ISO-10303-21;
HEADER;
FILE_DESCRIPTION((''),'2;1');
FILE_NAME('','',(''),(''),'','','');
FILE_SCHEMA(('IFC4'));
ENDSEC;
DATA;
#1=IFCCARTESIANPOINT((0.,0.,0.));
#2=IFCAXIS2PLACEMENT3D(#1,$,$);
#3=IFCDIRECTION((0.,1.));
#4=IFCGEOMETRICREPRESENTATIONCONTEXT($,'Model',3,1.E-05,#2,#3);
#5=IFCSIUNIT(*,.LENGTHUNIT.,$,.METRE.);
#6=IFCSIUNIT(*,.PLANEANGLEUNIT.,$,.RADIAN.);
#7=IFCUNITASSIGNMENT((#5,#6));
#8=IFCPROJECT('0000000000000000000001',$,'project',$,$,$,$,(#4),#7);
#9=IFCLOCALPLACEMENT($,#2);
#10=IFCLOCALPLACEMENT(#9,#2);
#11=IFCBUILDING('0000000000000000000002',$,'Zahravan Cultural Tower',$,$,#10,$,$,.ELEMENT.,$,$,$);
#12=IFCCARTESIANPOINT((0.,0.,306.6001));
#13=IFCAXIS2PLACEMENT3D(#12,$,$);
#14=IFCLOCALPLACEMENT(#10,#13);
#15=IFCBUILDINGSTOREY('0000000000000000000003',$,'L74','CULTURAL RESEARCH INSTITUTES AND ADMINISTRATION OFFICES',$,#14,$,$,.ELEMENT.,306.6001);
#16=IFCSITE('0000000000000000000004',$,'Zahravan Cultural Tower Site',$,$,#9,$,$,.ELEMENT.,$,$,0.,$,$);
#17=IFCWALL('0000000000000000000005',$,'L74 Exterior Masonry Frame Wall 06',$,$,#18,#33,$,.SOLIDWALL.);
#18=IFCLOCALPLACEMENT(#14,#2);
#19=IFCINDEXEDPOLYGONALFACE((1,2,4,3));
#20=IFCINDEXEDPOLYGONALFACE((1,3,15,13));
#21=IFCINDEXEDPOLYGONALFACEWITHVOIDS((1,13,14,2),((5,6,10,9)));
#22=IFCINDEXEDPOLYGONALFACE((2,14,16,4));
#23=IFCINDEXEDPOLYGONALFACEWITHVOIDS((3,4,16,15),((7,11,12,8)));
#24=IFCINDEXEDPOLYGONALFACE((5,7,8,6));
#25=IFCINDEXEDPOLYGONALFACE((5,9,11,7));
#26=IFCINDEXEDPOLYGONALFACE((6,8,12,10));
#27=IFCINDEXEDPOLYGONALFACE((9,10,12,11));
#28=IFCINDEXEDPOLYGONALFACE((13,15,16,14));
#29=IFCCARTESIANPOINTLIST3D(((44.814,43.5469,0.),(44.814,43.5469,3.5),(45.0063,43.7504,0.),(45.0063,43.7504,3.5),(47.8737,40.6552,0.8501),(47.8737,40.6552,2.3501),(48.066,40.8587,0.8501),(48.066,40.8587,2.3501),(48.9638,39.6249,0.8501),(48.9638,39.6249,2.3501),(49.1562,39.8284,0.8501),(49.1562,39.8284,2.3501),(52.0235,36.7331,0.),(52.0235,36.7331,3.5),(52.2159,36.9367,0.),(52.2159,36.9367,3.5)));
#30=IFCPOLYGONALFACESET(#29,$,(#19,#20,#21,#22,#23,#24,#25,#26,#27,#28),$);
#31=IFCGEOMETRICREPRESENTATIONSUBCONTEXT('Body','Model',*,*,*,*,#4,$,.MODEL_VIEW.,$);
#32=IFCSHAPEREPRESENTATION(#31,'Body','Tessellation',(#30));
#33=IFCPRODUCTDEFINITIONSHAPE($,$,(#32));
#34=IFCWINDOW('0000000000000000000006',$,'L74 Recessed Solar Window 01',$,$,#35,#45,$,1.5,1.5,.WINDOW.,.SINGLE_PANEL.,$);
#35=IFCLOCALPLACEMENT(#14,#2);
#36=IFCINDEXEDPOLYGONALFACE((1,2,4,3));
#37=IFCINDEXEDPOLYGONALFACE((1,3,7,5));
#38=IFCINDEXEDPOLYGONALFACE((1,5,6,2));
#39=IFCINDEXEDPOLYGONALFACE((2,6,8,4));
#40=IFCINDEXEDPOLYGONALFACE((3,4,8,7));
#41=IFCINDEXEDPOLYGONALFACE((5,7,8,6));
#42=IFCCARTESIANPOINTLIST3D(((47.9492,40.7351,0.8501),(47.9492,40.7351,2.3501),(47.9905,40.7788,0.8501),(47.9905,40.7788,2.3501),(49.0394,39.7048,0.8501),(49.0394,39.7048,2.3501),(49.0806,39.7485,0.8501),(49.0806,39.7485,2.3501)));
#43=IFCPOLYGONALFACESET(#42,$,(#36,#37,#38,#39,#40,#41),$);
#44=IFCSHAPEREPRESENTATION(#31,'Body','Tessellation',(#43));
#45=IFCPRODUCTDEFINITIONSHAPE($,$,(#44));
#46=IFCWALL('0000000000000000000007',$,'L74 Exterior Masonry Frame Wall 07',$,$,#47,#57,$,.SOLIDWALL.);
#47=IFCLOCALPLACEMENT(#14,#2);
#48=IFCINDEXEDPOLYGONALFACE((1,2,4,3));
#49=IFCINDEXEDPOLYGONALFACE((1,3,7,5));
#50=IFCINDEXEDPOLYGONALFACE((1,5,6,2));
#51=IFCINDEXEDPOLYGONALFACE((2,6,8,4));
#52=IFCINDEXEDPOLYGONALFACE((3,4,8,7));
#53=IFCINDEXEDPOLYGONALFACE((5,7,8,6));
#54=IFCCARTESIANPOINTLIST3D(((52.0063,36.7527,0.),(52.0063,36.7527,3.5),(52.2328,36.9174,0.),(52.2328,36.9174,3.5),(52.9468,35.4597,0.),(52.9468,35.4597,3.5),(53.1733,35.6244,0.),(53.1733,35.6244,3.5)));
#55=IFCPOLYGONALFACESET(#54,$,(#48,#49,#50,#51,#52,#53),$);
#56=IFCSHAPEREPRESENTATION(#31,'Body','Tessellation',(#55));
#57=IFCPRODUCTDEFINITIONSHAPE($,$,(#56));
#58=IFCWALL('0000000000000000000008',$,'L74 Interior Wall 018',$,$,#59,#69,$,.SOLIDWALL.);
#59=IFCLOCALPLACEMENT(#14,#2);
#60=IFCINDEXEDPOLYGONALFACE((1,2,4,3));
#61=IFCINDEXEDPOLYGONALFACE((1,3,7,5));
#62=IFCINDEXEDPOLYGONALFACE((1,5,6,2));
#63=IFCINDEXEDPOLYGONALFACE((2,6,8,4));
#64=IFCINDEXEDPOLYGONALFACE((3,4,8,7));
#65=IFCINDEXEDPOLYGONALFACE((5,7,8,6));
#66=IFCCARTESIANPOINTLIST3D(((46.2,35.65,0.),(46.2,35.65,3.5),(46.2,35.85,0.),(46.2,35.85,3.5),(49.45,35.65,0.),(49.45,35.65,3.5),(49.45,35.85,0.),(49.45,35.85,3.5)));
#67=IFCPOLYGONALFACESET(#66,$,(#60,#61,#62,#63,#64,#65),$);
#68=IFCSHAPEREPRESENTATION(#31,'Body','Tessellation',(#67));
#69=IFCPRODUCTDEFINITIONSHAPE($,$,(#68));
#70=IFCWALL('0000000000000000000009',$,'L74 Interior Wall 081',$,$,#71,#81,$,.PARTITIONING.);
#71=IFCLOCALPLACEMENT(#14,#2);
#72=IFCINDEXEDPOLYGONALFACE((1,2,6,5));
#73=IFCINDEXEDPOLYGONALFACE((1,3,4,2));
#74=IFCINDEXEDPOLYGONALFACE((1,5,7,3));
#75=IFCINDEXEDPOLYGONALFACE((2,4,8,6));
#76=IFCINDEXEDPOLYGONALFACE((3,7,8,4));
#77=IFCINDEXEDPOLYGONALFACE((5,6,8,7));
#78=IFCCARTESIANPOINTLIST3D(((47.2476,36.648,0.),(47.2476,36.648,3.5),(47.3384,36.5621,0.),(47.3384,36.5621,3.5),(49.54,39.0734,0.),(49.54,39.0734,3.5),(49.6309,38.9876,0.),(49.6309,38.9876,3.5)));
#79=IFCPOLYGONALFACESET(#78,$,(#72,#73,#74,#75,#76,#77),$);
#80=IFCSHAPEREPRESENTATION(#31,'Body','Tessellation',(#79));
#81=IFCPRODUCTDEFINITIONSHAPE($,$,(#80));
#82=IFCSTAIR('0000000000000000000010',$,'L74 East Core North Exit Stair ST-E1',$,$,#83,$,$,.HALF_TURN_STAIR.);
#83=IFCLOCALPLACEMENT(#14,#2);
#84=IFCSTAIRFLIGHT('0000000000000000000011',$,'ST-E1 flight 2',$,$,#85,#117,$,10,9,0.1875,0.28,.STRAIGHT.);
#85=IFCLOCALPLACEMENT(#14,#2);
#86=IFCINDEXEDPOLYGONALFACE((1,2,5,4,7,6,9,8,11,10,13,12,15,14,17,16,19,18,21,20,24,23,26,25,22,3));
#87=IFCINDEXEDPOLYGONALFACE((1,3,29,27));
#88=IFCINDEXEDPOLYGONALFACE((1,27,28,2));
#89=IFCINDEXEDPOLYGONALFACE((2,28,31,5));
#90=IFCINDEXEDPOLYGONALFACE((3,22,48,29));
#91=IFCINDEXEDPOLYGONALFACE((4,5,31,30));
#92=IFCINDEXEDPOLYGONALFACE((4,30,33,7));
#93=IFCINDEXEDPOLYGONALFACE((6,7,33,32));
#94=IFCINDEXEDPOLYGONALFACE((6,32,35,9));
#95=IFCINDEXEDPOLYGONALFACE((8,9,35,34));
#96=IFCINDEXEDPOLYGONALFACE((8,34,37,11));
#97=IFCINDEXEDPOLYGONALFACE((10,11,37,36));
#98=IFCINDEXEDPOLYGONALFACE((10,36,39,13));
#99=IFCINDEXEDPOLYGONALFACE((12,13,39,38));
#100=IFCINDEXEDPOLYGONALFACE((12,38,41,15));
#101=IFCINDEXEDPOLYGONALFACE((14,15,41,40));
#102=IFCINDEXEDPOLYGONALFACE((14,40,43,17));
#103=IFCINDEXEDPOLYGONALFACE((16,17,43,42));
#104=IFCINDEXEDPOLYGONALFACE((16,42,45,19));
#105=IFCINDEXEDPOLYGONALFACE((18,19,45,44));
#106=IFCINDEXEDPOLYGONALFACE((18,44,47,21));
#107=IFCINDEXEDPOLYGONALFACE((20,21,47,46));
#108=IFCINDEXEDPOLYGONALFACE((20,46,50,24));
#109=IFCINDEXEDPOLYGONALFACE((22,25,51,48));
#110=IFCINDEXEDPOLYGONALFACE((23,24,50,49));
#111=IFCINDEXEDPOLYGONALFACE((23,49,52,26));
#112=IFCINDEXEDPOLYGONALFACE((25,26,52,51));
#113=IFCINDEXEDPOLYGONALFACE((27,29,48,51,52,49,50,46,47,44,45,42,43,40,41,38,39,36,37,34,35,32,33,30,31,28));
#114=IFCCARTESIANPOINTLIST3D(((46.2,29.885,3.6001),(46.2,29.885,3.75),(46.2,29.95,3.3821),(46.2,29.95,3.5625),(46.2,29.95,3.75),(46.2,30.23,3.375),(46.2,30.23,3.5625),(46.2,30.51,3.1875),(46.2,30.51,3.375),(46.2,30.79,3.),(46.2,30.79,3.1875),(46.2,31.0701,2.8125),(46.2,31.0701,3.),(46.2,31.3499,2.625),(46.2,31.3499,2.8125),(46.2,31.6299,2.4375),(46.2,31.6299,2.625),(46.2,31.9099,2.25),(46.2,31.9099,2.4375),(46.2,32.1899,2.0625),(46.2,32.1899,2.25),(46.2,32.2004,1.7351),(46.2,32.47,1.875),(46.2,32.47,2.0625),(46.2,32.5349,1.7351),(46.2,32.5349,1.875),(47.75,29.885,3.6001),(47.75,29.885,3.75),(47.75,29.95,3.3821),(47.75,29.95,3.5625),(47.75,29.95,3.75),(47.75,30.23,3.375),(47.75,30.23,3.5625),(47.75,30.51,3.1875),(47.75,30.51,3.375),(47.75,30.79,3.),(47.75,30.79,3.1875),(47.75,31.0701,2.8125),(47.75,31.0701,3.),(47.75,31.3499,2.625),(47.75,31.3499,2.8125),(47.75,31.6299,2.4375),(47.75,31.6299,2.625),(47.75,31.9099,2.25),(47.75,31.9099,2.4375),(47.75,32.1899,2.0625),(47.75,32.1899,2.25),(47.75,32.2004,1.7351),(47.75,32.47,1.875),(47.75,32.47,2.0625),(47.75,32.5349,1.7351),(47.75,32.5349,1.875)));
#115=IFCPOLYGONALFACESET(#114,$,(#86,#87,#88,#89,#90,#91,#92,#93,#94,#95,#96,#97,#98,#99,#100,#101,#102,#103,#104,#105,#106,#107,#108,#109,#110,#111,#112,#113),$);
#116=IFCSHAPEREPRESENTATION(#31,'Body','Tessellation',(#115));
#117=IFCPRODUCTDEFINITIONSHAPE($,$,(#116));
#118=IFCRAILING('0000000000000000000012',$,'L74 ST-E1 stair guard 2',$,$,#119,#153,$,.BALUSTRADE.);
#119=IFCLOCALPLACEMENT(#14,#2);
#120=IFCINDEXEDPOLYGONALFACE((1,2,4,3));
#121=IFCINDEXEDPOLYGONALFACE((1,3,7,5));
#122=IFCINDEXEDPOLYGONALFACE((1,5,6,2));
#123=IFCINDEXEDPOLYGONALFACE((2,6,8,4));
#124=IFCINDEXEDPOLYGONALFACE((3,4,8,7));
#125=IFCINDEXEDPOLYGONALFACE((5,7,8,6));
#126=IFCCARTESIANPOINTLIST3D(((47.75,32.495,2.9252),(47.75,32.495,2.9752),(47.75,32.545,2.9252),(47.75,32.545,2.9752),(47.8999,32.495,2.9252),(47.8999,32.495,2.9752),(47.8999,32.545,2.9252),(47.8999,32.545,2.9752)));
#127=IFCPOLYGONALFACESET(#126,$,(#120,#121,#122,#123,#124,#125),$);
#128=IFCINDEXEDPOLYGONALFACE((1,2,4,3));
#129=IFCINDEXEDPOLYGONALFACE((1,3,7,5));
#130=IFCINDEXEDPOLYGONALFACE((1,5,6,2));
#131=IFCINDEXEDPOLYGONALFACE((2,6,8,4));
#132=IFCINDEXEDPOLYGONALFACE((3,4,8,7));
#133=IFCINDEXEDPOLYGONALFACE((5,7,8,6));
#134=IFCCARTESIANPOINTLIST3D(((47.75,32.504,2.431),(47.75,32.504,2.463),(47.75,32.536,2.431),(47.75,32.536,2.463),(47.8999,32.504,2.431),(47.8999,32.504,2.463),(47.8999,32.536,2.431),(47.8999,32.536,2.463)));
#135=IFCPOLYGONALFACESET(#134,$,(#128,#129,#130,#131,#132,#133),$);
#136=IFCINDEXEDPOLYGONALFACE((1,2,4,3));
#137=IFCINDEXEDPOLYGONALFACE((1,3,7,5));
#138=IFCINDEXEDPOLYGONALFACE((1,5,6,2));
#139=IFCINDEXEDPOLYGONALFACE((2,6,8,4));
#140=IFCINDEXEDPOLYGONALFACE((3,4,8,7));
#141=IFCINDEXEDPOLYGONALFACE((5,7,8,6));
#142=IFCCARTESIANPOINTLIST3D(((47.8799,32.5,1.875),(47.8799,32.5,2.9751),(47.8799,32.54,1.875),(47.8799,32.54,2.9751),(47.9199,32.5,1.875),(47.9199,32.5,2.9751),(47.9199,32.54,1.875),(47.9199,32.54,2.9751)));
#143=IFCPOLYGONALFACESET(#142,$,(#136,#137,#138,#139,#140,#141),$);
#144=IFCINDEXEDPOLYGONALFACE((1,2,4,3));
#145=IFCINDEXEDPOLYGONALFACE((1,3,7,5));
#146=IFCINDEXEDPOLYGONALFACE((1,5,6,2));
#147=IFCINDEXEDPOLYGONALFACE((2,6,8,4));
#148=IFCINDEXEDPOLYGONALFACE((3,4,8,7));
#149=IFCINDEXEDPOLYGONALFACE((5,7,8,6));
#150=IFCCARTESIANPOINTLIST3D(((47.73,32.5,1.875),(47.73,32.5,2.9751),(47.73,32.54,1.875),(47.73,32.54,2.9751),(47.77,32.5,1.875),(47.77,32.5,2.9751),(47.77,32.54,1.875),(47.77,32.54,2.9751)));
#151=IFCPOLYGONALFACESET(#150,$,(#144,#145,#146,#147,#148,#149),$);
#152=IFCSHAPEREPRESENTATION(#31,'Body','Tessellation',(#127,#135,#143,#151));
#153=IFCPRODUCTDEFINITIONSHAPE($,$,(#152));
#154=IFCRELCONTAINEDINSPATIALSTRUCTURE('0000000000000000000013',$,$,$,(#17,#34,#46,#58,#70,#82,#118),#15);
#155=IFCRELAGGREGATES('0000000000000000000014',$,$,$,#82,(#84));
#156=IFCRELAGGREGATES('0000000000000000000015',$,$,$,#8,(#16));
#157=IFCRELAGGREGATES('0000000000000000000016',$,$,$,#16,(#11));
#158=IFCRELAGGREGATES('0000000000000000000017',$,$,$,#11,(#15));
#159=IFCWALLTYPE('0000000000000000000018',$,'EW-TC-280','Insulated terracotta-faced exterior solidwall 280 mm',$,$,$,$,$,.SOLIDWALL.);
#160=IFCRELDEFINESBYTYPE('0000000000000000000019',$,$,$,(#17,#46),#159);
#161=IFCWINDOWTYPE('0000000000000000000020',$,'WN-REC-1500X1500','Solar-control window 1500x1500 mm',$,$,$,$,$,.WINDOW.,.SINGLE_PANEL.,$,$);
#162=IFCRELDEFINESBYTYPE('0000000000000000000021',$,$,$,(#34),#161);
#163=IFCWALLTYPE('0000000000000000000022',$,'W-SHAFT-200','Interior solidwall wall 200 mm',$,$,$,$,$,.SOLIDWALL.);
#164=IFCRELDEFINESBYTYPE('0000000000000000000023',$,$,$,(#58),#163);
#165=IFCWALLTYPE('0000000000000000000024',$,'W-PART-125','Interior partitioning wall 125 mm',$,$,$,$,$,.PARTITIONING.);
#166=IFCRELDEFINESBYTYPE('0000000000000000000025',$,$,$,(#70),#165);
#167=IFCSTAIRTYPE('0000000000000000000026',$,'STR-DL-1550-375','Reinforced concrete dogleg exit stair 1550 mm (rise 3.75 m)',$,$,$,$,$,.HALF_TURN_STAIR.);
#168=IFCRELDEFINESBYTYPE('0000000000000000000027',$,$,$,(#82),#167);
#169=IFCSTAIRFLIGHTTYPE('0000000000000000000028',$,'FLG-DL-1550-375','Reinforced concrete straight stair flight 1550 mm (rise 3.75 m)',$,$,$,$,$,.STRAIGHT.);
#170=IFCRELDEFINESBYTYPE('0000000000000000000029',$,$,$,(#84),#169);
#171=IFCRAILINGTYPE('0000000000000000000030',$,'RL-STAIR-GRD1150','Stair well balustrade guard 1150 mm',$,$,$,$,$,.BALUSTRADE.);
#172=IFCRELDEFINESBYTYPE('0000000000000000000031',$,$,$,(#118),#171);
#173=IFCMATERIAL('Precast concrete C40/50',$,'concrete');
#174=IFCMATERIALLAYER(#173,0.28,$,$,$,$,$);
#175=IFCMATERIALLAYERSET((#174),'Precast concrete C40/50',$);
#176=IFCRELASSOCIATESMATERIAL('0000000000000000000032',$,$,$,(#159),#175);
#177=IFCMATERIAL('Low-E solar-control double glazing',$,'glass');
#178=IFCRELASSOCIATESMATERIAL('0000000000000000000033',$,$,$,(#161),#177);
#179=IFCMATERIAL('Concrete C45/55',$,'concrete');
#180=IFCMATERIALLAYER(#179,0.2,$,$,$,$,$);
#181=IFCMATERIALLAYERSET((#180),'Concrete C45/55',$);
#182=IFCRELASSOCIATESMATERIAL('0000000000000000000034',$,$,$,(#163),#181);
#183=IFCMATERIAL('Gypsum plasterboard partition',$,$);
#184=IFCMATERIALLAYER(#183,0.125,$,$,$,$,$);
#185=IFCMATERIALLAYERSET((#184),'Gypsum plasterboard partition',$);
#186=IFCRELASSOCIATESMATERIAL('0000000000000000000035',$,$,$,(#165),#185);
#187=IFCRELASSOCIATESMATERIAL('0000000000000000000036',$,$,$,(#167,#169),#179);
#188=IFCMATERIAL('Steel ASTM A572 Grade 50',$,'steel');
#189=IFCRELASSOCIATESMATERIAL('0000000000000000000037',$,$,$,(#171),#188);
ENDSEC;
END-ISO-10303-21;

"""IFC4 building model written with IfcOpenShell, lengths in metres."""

from ifc_helpers import new_model, si_unit, direction, frame, frame_2d, origin, origin_2d, place, context, subcontext, project, spatial, polyline, rectangle, outline, extrude, source, transform, mapped, material, layer, layer_set, type_object, element, fill, aggregate, save


model = new_model("IFC4")

# Units and contexts
model_context = context("Model", 3, precision=1e-05, world=origin(), true_north=direction((0.0, 1.0)))
body_context = subcontext(model_context, "Body", "Model", "MODEL_VIEW")
ifc_project = project(units=[si_unit("LENGTHUNIT", "METRE"), si_unit("PLANEANGLEUNIT", "RADIAN")], contexts=[model_context])

# Site, building, storey
site_placement = place(None, origin())
site = spatial("IfcSite", under=ifc_project, at=site_placement, Name="Zahravan Cultural Tower Site", CompositionType="ELEMENT", RefElevation=0.0)
building_placement = place(site_placement, origin())
building = spatial("IfcBuilding", under=site, at=building_placement, Name="Zahravan Cultural Tower", CompositionType="ELEMENT")
storey_placement = place(building_placement, frame((0.0, 0.0, 306.6001)))
storey = spatial("IfcBuildingStorey", under=building, at=storey_placement, Name="L74", Description="CULTURAL RESEARCH INSTITUTES AND ADMINISTRATION OFFICES", CompositionType="ELEMENT", Elevation=306.6001)

# Shared definitions
ifc_material_1 = material(Name="Low-E solar-control double glazing", Category="glass")

# Wall, opening, window
ifc_material_2 = material(Name="Precast concrete C40/50", Category="concrete")
ifc_layer_1 = layer(ifc_material_2, 0.28)
ifc_layer_set_1 = layer_set([ifc_layer_1], Name="Precast concrete C40/50")
wall_type_1 = type_object("IfcWallType", Name="EW-TC-280", Description="Insulated terracotta-faced exterior solidwall 280 mm", PredefinedType="SOLIDWALL", material=ifc_layer_set_1)
wall_1_placement = place(storey_placement, frame((44.9102, 43.6487, 0.0), z_axis=(0.0, 0.0, 1.0), x_axis=(0.726773, -0.686878, 0.0)))
wall_1 = element("IfcWall", 1, at=wall_1_placement, inside=storey, type_object=wall_type_1, Name="L74 Exterior Masonry Frame Wall 06", PredefinedType="SOLIDWALL", context=body_context, shape_type="SweptSolid", body=[
    extrude(rectangle(XDim=9.9199, YDim=0.28, at=frame_2d((4.96, 0.0))), origin(), (0.0, 0.0, 1.0), 3.5),
])
opening_placement = place(wall_1_placement, frame((4.21, 0.0, 0.8501)))
opening = element("IfcOpeningElement", 2, at=opening_placement, cuts=wall_1, PredefinedType="OPENING", context=body_context, shape_type="SweptSolid", body=[
    extrude(rectangle(XDim=1.5, YDim=1.5, at=frame_2d((0.75, 0.75))), frame((0.0, 0.1499, 0.0), z_axis=(0.0, -1.0, 0.0), x_axis=(1.0, 0.0, 0.0)), (0.0, 0.0, 1.0), 0.3),
])
window_type = type_object("IfcWindowType", Name="WN-REC-1500X1500", Description="Solar-control window 1500x1500 mm", PartitioningType="SINGLE_PANEL", PredefinedType="WINDOW", material=ifc_material_1)
shared_shape_1 = source(origin(), body_context, "Body", "SweptSolid", [
    extrude(rectangle(XDim=1.5, YDim=1.5, at=frame_2d((0.75, 0.75))), frame((0.0, 0.03, 0.0), z_axis=(0.0, -1.0, 0.0), x_axis=(1.0, 0.0, 0.0)), (0.0, 0.0, 1.0), 0.0601),
])
window_placement = place(opening_placement, origin())
window = element("IfcWindow", 3, at=window_placement, inside=storey, type_object=window_type, Name="L74 Recessed Solar Window 01", OverallHeight=1.5, OverallWidth=1.5, PartitioningType="SINGLE_PANEL", PredefinedType="WINDOW", context=body_context, shape_type="MappedRepresentation", body=[
    mapped(shared_shape_1, transform((0.0, 0.0, 0.0), x_axis=(1.0, 0.0, 0.0), y_axis=(0.0, 1.0, 0.0), z_axis=(0.0, 0.0, 1.0), scale=1.0)),
])
fill(opening, window)

# Walls
shared_shape_2 = source(origin(), body_context, "Body", "SweptSolid", [
    extrude(rectangle(XDim=1.5989, YDim=0.28, at=frame_2d((0.7993, 0.0))), origin(), (0.0, 0.0, 1.0), 3.5),
])
wall_2_placement = place(storey_placement, frame((52.1196, 36.835, 0.0), z_axis=(0.0, 0.0, 1.0), x_axis=(0.588208, -0.80871, 0.0)))
element("IfcWall", 4, at=wall_2_placement, inside=storey, type_object=wall_type_1, Name="L74 Exterior Masonry Frame Wall 07", PredefinedType="SOLIDWALL", context=body_context, shape_type="MappedRepresentation", body=[
    mapped(shared_shape_2, transform((0.0, 0.0, 0.0), x_axis=(1.0, 0.0, 0.0), y_axis=(0.0, 1.0, 0.0), z_axis=(0.0, 0.0, 1.0), scale=1.0)),
])
ifc_material_3 = material(Name="Concrete C45/55", Category="concrete")
ifc_layer_2 = layer(ifc_material_3, 0.2)
ifc_layer_set_2 = layer_set([ifc_layer_2], Name="Concrete C45/55")
wall_type_2 = type_object("IfcWallType", Name="W-SHAFT-200", Description="Interior solidwall wall 200 mm", PredefinedType="SOLIDWALL", material=ifc_layer_set_2)
shared_shape_3 = source(origin(), body_context, "Body", "SweptSolid", [
    extrude(rectangle(XDim=3.25, YDim=0.2, at=frame_2d((1.625, 0.0))), origin(), (0.0, 0.0, 1.0), 3.5),
])
wall_3_placement = place(storey_placement, frame((46.2, 35.75, 0.0), z_axis=(0.0, 0.0, 1.0), x_axis=(1.0, 0.0, 0.0)))
element("IfcWall", 5, at=wall_3_placement, inside=storey, type_object=wall_type_2, Name="L74 Interior Wall 018", PredefinedType="SOLIDWALL", context=body_context, shape_type="MappedRepresentation", body=[
    mapped(shared_shape_3, transform((0.0, 0.0, 0.0), x_axis=(1.0, 0.0, 0.0), y_axis=(0.0, 1.0, 0.0), z_axis=(0.0, 0.0, 1.0), scale=1.0)),
])
ifc_material_4 = material(Name="Gypsum plasterboard partition")
ifc_layer_3 = layer(ifc_material_4, 0.125)
ifc_layer_set_3 = layer_set([ifc_layer_3], Name="Gypsum plasterboard partition")
wall_type_3 = type_object("IfcWallType", Name="W-PART-125", Description="Interior partitioning wall 125 mm", PredefinedType="PARTITIONING", material=ifc_layer_set_3)
shared_shape_4 = source(origin(), body_context, "Body", "SweptSolid", [
    extrude(rectangle(XDim=3.3374, YDim=0.125, at=frame_2d((1.6687, 0.0))), origin(), (0.0, 0.0, 1.0), 3.5),
])
wall_4_placement = place(storey_placement, frame((49.5854, 39.0305, 0.0), z_axis=(0.0, 0.0, 1.0), x_axis=(-0.686892, -0.72676, 0.0)))
element("IfcWall", 6, at=wall_4_placement, inside=storey, type_object=wall_type_3, Name="L74 Interior Wall 081", PredefinedType="PARTITIONING", context=body_context, shape_type="MappedRepresentation", body=[
    mapped(shared_shape_4, transform((0.0, 0.0, 0.0), x_axis=(1.0, 0.0, 0.0), y_axis=(0.0, 1.0, 0.0), z_axis=(0.0, 0.0, 1.0), scale=1.0)),
])

# Stair, stair flight
stair_type = type_object("IfcStairType", Name="STR-DL-1550-375", Description="Reinforced concrete dogleg exit stair 1550 mm (rise 3.75 m)", PredefinedType="HALF_TURN_STAIR", material=ifc_material_3)
stair_placement = place(storey_placement, origin())
stair = element("IfcStair", 7, at=stair_placement, inside=storey, type_object=stair_type, Name="L74 East Core North Exit Stair ST-E1", PredefinedType="HALF_TURN_STAIR")
stair_flight_type = type_object("IfcStairFlightType", Name="FLG-DL-1550-375", Description="Reinforced concrete straight stair flight 1550 mm (rise 3.75 m)", PredefinedType="STRAIGHT", material=ifc_material_3)
stair_flight_placement = place(storey_placement, frame((46.9751, 32.47, 1.875), z_axis=(0.0, 0.0, 1.0), x_axis=(0.0, -1.0, 0.0)))
stair_flight = element("IfcStairFlight", 8, at=stair_flight_placement, type_object=stair_flight_type, Name="ST-E1 flight 2", NumberOfRisers=10, NumberOfTreads=9, PredefinedType="STRAIGHT", RiserHeight=0.1875, TreadLength=0.28, context=body_context, shape_type="SweptSolid", body=[
    extrude(outline(polyline([(-0.0649, -0.1399), (-0.0649, 0.0), (0.0, 0.0), (0.0, 0.1875), (0.28, 0.1875), (0.28, 0.375), (0.5601, 0.375), (0.5601, 0.5625), (0.8401, 0.5625), (0.8401, 0.75), (1.1201, 0.75), (1.1201, 0.9375), (1.3999, 0.9375), (1.3999, 1.125), (1.6799, 1.125), (1.6799, 1.3125), (1.96, 1.3125), (1.96, 1.5), (2.24, 1.5), (2.24, 1.6875), (2.52, 1.6875), (2.52, 1.875), (2.585, 1.875), (2.585, 1.7251), (2.52, 1.5071), (0.2695, -0.1399), (-0.0649, -0.1399)])), frame((0.0, 0.7749, 0.0), z_axis=(0.0, -1.0, 0.0), x_axis=(1.0, 0.0, 0.0)), (0.0, 0.0, 1.0), 1.55),
])
aggregate(stair, [stair_flight])

# Railing
ifc_material_5 = material(Name="Steel ASTM A572 Grade 50", Category="steel")
railing_type = type_object("IfcRailingType", Name="RL-STAIR-GRD1150", Description="Stair well balustrade guard 1150 mm", PredefinedType="BALUSTRADE", material=ifc_material_5)
railing_1_placement = place(storey_placement, frame((47.8999, 32.52, 1.875)))
element("IfcRailing", 9, at=railing_1_placement, inside=storey, type_object=railing_type, Name="L74 ST-E1 stair guard 2", PredefinedType="BALUSTRADE", context=body_context, shape_type="SweptSolid", body=[
    extrude(rectangle(XDim=0.05, YDim=0.05, at=origin_2d()), frame((0.0, 0.0, 1.0752), z_axis=(-1.0, 0.0, 0.0), x_axis=(0.0, -1.0, 0.0)), (0.0, 0.0, 1.0), 0.1499),
    extrude(rectangle(XDim=0.032, YDim=0.032, at=origin_2d()), frame((0.0, 0.0, 0.572), z_axis=(-1.0, 0.0, 0.0), x_axis=(0.0, -1.0, 0.0)), (0.0, 0.0, 1.0), 0.1499),
    extrude(rectangle(XDim=0.04, YDim=0.04, at=origin_2d()), origin(), (0.0, 0.0, 1.0), 1.1001),
    extrude(rectangle(XDim=0.04, YDim=0.04, at=origin_2d()), frame((-0.1499, 0.0, 0.0)), (0.0, 0.0, 1.0), 1.1001),
])

save(model, "model.ifc")
